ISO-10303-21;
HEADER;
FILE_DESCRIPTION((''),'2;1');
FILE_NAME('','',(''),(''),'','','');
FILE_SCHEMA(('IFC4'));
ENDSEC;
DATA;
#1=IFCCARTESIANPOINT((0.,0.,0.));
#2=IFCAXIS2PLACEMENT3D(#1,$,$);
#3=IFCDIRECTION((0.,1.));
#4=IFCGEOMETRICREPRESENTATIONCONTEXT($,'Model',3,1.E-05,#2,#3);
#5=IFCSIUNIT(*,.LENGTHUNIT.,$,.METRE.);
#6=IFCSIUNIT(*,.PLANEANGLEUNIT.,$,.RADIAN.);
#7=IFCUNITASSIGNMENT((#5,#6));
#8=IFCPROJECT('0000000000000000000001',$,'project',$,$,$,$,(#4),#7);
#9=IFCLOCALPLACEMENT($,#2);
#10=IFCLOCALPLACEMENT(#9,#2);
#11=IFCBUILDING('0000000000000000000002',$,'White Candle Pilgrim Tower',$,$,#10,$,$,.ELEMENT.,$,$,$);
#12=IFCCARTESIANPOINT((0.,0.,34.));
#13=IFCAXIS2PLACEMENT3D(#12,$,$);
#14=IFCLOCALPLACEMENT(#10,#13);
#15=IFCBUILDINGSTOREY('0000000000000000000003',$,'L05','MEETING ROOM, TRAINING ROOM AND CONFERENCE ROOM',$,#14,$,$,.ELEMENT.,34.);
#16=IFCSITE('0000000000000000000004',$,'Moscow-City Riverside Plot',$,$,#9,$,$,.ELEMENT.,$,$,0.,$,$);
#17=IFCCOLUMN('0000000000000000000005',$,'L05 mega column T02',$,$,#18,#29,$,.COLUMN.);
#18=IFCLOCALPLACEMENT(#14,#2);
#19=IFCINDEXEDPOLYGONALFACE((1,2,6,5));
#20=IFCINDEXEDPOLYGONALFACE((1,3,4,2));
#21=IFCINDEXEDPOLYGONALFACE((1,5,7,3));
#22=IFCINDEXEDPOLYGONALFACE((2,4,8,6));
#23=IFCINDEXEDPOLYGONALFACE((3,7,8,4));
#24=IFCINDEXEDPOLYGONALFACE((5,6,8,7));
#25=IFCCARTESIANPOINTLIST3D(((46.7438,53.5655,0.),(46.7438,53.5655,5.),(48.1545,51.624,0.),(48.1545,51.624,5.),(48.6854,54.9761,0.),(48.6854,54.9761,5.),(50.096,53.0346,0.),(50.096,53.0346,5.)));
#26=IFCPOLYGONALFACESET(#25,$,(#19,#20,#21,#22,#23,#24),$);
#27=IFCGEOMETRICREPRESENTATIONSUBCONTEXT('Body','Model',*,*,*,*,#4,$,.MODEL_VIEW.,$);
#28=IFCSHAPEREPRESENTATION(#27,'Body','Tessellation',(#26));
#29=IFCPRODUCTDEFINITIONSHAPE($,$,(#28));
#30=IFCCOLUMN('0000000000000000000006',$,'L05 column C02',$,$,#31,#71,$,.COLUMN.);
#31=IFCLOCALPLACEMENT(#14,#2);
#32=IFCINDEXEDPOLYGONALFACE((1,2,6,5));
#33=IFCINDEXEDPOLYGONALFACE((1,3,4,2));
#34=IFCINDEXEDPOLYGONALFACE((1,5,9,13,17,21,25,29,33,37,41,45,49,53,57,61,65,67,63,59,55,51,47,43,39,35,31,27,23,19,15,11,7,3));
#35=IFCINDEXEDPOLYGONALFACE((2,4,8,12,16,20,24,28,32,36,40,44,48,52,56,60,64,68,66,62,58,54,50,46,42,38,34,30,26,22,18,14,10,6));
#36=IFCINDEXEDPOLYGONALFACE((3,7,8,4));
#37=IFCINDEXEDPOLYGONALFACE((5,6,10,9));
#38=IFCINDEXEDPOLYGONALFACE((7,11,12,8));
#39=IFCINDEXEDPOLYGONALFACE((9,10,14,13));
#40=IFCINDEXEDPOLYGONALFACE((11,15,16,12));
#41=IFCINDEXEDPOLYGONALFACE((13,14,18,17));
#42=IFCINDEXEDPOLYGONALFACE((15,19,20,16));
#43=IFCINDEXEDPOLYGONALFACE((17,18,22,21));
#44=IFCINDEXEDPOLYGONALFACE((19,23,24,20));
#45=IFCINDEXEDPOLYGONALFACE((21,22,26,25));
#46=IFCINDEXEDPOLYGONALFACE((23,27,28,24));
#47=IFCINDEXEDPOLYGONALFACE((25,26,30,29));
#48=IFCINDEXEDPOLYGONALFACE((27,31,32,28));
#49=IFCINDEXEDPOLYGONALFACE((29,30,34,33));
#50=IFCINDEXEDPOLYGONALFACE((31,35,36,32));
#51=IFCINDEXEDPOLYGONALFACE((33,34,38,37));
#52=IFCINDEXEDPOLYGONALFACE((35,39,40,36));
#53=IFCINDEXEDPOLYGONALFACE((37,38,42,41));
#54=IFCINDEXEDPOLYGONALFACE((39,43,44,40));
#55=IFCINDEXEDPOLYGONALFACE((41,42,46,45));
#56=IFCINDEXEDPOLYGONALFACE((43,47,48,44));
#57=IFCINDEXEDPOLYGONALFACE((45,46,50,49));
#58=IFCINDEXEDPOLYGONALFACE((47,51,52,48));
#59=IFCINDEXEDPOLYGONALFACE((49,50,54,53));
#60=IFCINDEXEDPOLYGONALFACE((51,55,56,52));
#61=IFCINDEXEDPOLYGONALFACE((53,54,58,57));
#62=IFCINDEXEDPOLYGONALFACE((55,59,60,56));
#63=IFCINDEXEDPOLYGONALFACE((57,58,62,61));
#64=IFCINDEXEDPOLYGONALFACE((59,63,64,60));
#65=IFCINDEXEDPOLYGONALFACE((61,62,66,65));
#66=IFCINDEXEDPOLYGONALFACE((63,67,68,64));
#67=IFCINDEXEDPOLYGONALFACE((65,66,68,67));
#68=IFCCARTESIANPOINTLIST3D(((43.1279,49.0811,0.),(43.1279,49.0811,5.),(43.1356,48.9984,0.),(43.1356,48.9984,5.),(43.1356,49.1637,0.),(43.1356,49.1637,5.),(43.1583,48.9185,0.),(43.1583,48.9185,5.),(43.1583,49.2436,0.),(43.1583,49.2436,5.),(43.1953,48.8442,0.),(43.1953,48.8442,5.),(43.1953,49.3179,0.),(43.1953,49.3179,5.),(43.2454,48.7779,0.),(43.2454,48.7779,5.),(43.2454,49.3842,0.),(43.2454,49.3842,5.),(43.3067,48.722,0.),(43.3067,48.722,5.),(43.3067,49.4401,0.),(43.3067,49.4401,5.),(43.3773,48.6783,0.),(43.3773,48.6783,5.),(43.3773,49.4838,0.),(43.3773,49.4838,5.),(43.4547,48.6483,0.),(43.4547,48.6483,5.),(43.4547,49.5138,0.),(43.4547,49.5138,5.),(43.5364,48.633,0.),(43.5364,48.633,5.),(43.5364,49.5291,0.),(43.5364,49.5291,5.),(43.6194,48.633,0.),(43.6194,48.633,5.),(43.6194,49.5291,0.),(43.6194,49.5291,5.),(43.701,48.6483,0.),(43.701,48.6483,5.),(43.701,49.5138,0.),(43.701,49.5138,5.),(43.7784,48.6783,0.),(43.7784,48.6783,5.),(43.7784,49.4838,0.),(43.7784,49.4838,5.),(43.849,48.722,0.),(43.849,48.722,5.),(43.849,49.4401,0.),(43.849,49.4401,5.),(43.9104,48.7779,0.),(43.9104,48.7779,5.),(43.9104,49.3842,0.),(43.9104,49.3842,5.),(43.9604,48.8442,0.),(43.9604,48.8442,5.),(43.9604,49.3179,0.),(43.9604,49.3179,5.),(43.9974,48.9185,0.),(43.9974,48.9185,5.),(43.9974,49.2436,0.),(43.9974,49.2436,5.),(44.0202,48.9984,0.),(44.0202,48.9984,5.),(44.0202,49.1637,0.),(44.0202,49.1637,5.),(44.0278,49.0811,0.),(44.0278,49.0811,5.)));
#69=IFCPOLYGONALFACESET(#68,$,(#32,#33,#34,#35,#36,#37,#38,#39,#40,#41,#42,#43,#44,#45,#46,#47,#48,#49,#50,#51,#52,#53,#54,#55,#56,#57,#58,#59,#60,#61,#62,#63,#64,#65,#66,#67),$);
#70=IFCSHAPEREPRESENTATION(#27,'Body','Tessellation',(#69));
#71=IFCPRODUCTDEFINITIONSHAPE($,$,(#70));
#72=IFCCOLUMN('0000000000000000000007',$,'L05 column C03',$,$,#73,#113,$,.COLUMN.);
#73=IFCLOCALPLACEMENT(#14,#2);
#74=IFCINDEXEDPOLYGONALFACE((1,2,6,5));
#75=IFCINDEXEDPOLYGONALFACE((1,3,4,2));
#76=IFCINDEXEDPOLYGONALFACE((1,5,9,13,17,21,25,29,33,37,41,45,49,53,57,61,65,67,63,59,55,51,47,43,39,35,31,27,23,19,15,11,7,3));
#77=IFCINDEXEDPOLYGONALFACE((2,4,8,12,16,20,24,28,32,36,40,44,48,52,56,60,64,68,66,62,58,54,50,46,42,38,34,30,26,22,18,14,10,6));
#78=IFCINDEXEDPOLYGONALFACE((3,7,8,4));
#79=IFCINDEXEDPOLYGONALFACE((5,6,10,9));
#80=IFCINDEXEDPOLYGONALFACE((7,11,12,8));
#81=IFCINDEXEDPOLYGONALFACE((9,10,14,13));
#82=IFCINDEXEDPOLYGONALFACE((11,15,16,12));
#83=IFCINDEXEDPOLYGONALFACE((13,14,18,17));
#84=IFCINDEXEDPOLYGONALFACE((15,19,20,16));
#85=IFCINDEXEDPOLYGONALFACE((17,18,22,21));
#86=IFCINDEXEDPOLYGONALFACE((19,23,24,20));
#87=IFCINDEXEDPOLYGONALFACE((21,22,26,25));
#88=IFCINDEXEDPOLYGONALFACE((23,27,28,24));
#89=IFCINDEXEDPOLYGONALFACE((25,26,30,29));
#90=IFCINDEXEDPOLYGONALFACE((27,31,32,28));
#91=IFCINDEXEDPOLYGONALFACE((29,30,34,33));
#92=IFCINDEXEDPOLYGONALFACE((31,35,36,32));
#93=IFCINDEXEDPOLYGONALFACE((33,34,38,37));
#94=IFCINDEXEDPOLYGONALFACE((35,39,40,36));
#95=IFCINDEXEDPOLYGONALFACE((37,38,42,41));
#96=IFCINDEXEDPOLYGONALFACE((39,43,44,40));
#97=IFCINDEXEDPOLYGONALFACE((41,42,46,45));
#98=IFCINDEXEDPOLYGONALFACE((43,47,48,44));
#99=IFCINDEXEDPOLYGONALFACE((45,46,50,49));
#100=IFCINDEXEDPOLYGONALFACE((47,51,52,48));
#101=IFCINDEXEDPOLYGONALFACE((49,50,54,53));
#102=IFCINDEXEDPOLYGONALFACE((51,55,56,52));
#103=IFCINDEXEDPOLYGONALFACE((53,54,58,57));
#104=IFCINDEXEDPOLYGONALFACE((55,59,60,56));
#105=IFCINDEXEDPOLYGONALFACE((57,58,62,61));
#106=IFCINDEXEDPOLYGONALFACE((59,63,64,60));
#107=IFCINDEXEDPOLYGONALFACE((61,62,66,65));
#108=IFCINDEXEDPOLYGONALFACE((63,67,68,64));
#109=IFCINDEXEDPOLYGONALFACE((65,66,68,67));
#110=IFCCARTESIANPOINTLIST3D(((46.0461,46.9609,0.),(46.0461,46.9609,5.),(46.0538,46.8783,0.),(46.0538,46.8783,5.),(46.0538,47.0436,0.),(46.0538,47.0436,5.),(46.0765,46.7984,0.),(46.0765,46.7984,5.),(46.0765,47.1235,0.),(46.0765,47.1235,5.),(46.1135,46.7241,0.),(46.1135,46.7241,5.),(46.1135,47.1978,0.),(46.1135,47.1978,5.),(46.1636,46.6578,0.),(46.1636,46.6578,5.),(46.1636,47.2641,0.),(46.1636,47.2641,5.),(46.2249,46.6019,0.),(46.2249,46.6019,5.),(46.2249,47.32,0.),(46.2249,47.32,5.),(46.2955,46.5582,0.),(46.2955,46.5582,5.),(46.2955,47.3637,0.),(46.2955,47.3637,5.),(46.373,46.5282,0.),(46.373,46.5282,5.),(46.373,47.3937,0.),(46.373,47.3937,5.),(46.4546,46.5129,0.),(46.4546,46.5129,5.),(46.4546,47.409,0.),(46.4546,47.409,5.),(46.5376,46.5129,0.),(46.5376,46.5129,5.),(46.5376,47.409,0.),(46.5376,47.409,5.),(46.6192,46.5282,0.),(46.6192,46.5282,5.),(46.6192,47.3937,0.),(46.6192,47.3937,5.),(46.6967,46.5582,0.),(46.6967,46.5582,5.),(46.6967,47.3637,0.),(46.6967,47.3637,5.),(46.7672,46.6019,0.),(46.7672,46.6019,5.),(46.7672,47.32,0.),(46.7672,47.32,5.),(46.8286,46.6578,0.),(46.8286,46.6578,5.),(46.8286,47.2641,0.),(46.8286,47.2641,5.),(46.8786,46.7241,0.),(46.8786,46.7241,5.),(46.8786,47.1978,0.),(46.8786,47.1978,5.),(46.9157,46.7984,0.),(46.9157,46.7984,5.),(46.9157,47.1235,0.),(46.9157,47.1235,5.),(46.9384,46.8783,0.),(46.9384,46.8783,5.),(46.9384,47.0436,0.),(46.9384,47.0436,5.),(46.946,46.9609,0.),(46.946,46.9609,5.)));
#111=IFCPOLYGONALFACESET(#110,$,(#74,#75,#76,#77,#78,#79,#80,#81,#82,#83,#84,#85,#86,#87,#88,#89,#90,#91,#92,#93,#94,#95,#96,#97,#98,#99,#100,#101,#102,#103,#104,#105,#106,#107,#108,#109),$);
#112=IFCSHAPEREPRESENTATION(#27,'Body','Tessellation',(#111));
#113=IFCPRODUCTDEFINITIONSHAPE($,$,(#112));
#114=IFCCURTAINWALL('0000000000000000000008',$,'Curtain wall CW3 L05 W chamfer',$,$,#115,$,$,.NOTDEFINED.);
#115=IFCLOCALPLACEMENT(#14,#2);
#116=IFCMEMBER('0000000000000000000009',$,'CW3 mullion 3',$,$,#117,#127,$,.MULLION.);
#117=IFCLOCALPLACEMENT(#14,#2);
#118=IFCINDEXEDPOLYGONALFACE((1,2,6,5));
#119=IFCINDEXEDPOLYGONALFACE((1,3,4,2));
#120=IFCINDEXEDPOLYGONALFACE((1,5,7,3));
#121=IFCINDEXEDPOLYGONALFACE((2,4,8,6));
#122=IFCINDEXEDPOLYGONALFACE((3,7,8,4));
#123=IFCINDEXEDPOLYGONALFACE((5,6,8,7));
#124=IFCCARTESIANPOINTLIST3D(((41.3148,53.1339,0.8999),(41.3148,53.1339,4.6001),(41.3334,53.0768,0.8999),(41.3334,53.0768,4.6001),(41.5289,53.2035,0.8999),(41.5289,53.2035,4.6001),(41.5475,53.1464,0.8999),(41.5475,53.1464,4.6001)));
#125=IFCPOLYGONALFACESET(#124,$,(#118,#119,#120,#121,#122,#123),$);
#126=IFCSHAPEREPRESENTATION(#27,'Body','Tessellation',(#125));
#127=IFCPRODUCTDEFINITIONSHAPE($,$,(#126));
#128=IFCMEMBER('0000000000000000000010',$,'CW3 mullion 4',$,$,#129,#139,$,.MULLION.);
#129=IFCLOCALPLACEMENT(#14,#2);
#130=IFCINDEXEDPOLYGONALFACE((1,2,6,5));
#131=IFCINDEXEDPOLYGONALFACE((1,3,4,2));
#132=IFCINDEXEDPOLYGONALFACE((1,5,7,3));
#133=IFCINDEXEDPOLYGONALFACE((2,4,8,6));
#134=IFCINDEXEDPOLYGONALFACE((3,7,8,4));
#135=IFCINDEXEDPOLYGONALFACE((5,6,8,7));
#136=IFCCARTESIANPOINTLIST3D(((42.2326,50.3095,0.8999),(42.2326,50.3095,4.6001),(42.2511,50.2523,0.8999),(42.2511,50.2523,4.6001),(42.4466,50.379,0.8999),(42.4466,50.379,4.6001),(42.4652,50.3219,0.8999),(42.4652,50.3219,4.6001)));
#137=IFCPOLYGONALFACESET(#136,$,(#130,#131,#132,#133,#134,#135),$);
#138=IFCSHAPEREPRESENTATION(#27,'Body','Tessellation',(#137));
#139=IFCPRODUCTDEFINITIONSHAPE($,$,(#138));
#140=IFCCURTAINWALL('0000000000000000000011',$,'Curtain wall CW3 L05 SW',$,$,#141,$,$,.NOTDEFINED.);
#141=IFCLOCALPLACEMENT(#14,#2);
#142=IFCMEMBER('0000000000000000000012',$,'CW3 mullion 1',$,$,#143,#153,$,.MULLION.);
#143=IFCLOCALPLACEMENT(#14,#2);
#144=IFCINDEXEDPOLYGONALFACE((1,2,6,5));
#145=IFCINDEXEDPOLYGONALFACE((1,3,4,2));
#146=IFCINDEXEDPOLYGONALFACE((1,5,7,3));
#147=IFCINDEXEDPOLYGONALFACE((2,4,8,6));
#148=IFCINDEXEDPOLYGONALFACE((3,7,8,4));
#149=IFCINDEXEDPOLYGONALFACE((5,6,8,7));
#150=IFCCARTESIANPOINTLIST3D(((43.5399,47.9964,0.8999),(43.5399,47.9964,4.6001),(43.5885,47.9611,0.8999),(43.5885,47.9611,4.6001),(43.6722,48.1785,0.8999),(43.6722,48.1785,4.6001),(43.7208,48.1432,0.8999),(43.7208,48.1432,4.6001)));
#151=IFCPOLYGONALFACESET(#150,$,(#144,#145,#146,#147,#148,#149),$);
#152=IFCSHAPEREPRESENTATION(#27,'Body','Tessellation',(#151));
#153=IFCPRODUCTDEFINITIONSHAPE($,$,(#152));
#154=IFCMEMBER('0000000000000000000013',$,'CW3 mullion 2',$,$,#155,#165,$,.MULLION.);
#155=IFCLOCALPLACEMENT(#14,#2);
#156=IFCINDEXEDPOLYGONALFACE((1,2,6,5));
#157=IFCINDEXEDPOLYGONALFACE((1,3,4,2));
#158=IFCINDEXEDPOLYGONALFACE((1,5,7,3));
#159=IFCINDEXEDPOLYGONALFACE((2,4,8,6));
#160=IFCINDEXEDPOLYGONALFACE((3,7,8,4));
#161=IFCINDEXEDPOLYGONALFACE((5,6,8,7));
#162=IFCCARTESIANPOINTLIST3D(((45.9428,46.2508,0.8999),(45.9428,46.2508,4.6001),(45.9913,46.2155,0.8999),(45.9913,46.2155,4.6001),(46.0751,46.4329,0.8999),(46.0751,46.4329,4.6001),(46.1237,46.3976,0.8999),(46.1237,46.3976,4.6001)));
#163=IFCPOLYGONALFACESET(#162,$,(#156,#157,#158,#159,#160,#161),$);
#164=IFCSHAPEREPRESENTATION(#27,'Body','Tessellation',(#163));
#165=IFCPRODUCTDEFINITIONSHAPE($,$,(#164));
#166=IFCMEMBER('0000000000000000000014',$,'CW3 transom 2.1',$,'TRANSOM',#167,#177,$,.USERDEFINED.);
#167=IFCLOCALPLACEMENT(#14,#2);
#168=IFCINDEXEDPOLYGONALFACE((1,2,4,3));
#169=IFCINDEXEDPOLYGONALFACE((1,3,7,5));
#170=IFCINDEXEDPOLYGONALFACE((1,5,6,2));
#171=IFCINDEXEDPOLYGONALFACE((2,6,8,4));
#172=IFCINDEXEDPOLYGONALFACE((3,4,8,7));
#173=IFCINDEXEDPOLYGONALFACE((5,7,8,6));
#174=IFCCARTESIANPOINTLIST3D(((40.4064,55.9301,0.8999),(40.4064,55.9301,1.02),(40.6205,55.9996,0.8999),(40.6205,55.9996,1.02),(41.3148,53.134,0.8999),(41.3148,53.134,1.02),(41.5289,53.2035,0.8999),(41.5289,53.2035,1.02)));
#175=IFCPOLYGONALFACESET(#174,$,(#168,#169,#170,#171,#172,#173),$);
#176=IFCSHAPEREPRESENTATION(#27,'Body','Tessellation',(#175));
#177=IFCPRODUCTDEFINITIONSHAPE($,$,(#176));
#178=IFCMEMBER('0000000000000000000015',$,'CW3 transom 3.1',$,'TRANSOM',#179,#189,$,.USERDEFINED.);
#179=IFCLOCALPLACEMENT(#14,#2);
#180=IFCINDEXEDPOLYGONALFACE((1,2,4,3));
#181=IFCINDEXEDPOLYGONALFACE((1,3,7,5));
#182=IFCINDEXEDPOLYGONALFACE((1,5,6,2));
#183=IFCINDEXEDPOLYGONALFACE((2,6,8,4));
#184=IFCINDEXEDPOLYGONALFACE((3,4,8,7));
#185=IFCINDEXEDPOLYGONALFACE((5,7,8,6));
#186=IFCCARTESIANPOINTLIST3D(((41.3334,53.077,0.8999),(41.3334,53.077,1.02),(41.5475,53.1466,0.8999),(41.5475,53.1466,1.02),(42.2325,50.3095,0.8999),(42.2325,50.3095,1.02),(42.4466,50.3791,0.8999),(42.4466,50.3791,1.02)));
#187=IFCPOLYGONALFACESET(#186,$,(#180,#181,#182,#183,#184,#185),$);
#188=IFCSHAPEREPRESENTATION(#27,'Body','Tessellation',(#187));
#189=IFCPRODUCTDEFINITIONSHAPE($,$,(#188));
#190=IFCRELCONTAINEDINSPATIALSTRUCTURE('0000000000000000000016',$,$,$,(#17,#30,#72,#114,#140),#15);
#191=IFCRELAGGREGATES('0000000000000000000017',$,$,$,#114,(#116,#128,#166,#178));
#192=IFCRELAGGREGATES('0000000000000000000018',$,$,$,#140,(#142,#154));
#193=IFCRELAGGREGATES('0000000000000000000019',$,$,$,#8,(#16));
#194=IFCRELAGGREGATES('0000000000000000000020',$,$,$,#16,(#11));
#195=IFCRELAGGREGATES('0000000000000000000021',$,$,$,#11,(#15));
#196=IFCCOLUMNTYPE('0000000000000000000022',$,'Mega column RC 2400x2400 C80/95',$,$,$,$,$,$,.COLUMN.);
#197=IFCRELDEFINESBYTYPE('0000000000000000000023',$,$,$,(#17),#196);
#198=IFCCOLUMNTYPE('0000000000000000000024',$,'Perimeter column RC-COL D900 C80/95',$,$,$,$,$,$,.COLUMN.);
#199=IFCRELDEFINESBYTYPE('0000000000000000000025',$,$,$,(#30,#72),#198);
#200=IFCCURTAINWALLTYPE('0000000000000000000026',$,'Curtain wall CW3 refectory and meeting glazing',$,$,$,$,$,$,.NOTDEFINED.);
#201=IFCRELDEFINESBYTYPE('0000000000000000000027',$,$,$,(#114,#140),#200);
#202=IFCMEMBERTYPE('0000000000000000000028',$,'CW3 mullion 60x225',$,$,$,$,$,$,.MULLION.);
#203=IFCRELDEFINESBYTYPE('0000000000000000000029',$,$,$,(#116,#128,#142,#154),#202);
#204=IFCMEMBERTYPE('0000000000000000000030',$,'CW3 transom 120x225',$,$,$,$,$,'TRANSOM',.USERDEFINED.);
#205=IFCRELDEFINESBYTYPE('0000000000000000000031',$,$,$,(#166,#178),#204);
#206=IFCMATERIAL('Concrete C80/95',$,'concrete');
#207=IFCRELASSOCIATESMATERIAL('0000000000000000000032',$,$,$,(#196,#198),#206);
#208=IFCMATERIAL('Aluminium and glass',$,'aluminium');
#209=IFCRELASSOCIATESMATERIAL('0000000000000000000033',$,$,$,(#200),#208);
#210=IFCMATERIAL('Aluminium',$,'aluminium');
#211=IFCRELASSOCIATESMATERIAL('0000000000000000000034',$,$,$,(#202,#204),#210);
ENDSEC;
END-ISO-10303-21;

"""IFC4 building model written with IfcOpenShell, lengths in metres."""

from ifc_helpers import new_model, si_unit, direction, frame, origin, origin_2d, place, context, subcontext, project, spatial, rectangle, circle, extrude, material, material_profile, profile_set, type_object, element, aggregate, save


model = new_model("IFC4")

# Units and contexts
model_context = context("Model", 3, precision=1e-05, world=origin(), true_north=direction((0.0, 1.0)))
body_context = subcontext(model_context, "Body", "Model", "MODEL_VIEW")
ifc_project = project(units=[si_unit("LENGTHUNIT", "METRE"), si_unit("PLANEANGLEUNIT", "RADIAN")], contexts=[model_context])

# Site, building, storey
site_placement = place(None, origin())
site = spatial("IfcSite", under=ifc_project, at=site_placement, Name="Moscow-City Riverside Plot", CompositionType="ELEMENT", RefElevation=0.0)
building_placement = place(site_placement, origin())
building = spatial("IfcBuilding", under=site, at=building_placement, Name="White Candle Pilgrim Tower", CompositionType="ELEMENT")
storey_placement = place(building_placement, frame((0.0, 0.0, 34.0)))
storey = spatial("IfcBuildingStorey", under=building, at=storey_placement, Name="L05", Description="MEETING ROOM, TRAINING ROOM AND CONFERENCE ROOM", CompositionType="ELEMENT", Elevation=34.0)

# Columns
ifc_material_1 = material(Name="Concrete C80/95", Category="concrete")
ifc_material_profile_1 = material_profile(ifc_material_1, rectangle(XDim=2.3999, YDim=2.3999, at=origin_2d()), Name="RC 2400x2400")
ifc_profile_set_1 = profile_set([ifc_material_profile_1], Name="Concrete C80/95")
column_type_1 = type_object("IfcColumnType", Name="Mega column RC 2400x2400 C80/95", PredefinedType="COLUMN", material=ifc_profile_set_1)
column_placement = place(storey_placement, frame((48.4199, 53.3, 0.0), z_axis=(0.0, 0.0, 1.0), x_axis=(-0.809017, -0.587785, 0.0)))
element("IfcColumn", 1, at=column_placement, inside=storey, type_object=column_type_1, Name="L05 mega column T02", PredefinedType="COLUMN", context=body_context, shape_type="SweptSolid", body=[
    extrude(rectangle(XDim=2.3999, YDim=2.3999, at=origin_2d()), origin(), (0.0, 0.0, 1.0), 5.0),
])
ifc_material_profile_2 = material_profile(ifc_material_1, circle(Radius=0.45, at=origin_2d()), Name="RC-COL D900")
ifc_profile_set_2 = profile_set([ifc_material_profile_2], Name="Concrete C80/95")
column_type_2 = type_object("IfcColumnType", Name="Perimeter column RC-COL D900 C80/95", PredefinedType="COLUMN", material=ifc_profile_set_2)
for number, where, z_axis, x_axis, name in (
    (2, (43.5779, 49.0811, 0.0), (0.0, 0.0, 1.0), (1.0, 0.0, 0.0), "L05 column C02"),
    (3, (46.4961, 46.9609, 0.0), (0.0, 0.0, 1.0), (1.0, 0.0, 0.0), "L05 column C03"),
):
    element("IfcColumn", number, at=place(storey_placement, frame(where, z_axis=z_axis, x_axis=x_axis)), inside=storey, type_object=column_type_2, Name=name, PredefinedType="COLUMN", context=body_context, shape_type="SweptSolid", body=[
        extrude(circle(Radius=0.45, at=origin_2d()), origin(), (0.0, 0.0, 1.0), 5.0),
    ])

# Curtain walls, members
ifc_material_2 = material(Name="Aluminium and glass", Category="aluminium")
curtain_wall_type = type_object("IfcCurtainWallType", Name="Curtain wall CW3 refectory and meeting glazing", PredefinedType="NOTDEFINED", material=ifc_material_2)
curtain_wall_1_placement = place(storey_placement, origin())
curtain_wall_1 = element("IfcCurtainWall", 4, at=curtain_wall_1_placement, inside=storey, type_object=curtain_wall_type, Name="Curtain wall CW3 L05 W chamfer", PredefinedType="NOTDEFINED")
ifc_material_3 = material(Name="Aluminium", Category="aluminium")
ifc_material_profile_3 = material_profile(ifc_material_3, rectangle(XDim=0.2251, YDim=0.0601, at=origin_2d()), Name="CW3 mullion 60x225")
ifc_profile_set_3 = profile_set([ifc_material_profile_3], Name="Aluminium")
member_type_1 = type_object("IfcMemberType", Name="CW3 mullion 60x225", PredefinedType="MULLION", material=ifc_profile_set_3)
member_1_placement = place(storey_placement, frame((41.4312, 53.1401, 0.8999), z_axis=(0.0, 0.0, 1.0), x_axis=(0.951057, 0.309017, 0.0)))
member_1 = element("IfcMember", 5, at=member_1_placement, type_object=member_type_1, Name="CW3 mullion 3", PredefinedType="MULLION", context=body_context, shape_type="SweptSolid", body=[
    extrude(rectangle(XDim=0.2251, YDim=0.0601, at=origin_2d()), origin(), (0.0, 0.0, 1.0), 3.7002),
])
member_2_placement = place(storey_placement, frame((42.3489, 50.3157, 0.8999), z_axis=(0.0, 0.0, 1.0), x_axis=(0.951057, 0.309017, 0.0)))
member_2 = element("IfcMember", 6, at=member_2_placement, type_object=member_type_1, Name="CW3 mullion 4", PredefinedType="MULLION", context=body_context, shape_type="SweptSolid", body=[
    extrude(rectangle(XDim=0.2251, YDim=0.0601, at=origin_2d()), origin(), (0.0, 0.0, 1.0), 3.7002),
])
curtain_wall_2_placement = place(storey_placement, origin())
curtain_wall_2 = element("IfcCurtainWall", 7, at=curtain_wall_2_placement, inside=storey, type_object=curtain_wall_type, Name="Curtain wall CW3 L05 SW", PredefinedType="NOTDEFINED")
member_3_placement = place(storey_placement, frame((43.6304, 48.0698, 0.8999), z_axis=(0.0, 0.0, 1.0), x_axis=(0.587785, 0.809017, 0.0)))
member_3 = element("IfcMember", 8, at=member_3_placement, type_object=member_type_1, Name="CW3 mullion 1", PredefinedType="MULLION", context=body_context, shape_type="SweptSolid", body=[
    extrude(rectangle(XDim=0.2251, YDim=0.0601, at=origin_2d()), origin(), (0.0, 0.0, 1.0), 3.7002),
])
member_4_placement = place(storey_placement, frame((46.0332, 46.3242, 0.8999), z_axis=(0.0, 0.0, 1.0), x_axis=(0.587785, 0.809017, 0.0)))
member_4 = element("IfcMember", 9, at=member_4_placement, type_object=member_type_1, Name="CW3 mullion 2", PredefinedType="MULLION", context=body_context, shape_type="SweptSolid", body=[
    extrude(rectangle(XDim=0.2251, YDim=0.0601, at=origin_2d()), origin(), (0.0, 0.0, 1.0), 3.7002),
])

# Members
ifc_material_profile_4 = material_profile(ifc_material_3, rectangle(XDim=0.2251, YDim=0.1201, at=origin_2d()), Name="CW3 transom 120x225")
ifc_profile_set_4 = profile_set([ifc_material_profile_4], Name="Aluminium")
member_type_2 = type_object("IfcMemberType", Name="CW3 transom 120x225", ElementType="TRANSOM", PredefinedType="USERDEFINED", material=ifc_profile_set_4)
member_5_placement = place(storey_placement, frame((40.5134, 55.9648, 0.96), z_axis=(0.308994, -0.951064, 0.0), x_axis=(0.951064, 0.308994, 0.0)))
member_5 = element("IfcMember", 10, at=member_5_placement, type_object=member_type_2, Name="CW3 transom 2.1", ObjectType="TRANSOM", PredefinedType="USERDEFINED", context=body_context, shape_type="SweptSolid", body=[
    extrude(rectangle(XDim=0.2251, YDim=0.1201, at=origin_2d()), origin(), (0.0, 0.0, 1.0), 2.9399),
])
member_6_placement = place(storey_placement, frame((41.4404, 53.1118, 0.96), z_axis=(0.308995, -0.951064, 0.0), x_axis=(0.951064, 0.308995, 0.0)))
member_6 = element("IfcMember", 11, at=member_6_placement, type_object=member_type_2, Name="CW3 transom 3.1", ObjectType="TRANSOM", PredefinedType="USERDEFINED", context=body_context, shape_type="SweptSolid", body=[
    extrude(rectangle(XDim=0.2251, YDim=0.1201, at=origin_2d()), origin(), (0.0, 0.0, 1.0), 2.9099),
])

aggregate(curtain_wall_1, [member_1, member_2, member_5, member_6])
aggregate(curtain_wall_2, [member_3, member_4])

save(model, "model.ifc")
